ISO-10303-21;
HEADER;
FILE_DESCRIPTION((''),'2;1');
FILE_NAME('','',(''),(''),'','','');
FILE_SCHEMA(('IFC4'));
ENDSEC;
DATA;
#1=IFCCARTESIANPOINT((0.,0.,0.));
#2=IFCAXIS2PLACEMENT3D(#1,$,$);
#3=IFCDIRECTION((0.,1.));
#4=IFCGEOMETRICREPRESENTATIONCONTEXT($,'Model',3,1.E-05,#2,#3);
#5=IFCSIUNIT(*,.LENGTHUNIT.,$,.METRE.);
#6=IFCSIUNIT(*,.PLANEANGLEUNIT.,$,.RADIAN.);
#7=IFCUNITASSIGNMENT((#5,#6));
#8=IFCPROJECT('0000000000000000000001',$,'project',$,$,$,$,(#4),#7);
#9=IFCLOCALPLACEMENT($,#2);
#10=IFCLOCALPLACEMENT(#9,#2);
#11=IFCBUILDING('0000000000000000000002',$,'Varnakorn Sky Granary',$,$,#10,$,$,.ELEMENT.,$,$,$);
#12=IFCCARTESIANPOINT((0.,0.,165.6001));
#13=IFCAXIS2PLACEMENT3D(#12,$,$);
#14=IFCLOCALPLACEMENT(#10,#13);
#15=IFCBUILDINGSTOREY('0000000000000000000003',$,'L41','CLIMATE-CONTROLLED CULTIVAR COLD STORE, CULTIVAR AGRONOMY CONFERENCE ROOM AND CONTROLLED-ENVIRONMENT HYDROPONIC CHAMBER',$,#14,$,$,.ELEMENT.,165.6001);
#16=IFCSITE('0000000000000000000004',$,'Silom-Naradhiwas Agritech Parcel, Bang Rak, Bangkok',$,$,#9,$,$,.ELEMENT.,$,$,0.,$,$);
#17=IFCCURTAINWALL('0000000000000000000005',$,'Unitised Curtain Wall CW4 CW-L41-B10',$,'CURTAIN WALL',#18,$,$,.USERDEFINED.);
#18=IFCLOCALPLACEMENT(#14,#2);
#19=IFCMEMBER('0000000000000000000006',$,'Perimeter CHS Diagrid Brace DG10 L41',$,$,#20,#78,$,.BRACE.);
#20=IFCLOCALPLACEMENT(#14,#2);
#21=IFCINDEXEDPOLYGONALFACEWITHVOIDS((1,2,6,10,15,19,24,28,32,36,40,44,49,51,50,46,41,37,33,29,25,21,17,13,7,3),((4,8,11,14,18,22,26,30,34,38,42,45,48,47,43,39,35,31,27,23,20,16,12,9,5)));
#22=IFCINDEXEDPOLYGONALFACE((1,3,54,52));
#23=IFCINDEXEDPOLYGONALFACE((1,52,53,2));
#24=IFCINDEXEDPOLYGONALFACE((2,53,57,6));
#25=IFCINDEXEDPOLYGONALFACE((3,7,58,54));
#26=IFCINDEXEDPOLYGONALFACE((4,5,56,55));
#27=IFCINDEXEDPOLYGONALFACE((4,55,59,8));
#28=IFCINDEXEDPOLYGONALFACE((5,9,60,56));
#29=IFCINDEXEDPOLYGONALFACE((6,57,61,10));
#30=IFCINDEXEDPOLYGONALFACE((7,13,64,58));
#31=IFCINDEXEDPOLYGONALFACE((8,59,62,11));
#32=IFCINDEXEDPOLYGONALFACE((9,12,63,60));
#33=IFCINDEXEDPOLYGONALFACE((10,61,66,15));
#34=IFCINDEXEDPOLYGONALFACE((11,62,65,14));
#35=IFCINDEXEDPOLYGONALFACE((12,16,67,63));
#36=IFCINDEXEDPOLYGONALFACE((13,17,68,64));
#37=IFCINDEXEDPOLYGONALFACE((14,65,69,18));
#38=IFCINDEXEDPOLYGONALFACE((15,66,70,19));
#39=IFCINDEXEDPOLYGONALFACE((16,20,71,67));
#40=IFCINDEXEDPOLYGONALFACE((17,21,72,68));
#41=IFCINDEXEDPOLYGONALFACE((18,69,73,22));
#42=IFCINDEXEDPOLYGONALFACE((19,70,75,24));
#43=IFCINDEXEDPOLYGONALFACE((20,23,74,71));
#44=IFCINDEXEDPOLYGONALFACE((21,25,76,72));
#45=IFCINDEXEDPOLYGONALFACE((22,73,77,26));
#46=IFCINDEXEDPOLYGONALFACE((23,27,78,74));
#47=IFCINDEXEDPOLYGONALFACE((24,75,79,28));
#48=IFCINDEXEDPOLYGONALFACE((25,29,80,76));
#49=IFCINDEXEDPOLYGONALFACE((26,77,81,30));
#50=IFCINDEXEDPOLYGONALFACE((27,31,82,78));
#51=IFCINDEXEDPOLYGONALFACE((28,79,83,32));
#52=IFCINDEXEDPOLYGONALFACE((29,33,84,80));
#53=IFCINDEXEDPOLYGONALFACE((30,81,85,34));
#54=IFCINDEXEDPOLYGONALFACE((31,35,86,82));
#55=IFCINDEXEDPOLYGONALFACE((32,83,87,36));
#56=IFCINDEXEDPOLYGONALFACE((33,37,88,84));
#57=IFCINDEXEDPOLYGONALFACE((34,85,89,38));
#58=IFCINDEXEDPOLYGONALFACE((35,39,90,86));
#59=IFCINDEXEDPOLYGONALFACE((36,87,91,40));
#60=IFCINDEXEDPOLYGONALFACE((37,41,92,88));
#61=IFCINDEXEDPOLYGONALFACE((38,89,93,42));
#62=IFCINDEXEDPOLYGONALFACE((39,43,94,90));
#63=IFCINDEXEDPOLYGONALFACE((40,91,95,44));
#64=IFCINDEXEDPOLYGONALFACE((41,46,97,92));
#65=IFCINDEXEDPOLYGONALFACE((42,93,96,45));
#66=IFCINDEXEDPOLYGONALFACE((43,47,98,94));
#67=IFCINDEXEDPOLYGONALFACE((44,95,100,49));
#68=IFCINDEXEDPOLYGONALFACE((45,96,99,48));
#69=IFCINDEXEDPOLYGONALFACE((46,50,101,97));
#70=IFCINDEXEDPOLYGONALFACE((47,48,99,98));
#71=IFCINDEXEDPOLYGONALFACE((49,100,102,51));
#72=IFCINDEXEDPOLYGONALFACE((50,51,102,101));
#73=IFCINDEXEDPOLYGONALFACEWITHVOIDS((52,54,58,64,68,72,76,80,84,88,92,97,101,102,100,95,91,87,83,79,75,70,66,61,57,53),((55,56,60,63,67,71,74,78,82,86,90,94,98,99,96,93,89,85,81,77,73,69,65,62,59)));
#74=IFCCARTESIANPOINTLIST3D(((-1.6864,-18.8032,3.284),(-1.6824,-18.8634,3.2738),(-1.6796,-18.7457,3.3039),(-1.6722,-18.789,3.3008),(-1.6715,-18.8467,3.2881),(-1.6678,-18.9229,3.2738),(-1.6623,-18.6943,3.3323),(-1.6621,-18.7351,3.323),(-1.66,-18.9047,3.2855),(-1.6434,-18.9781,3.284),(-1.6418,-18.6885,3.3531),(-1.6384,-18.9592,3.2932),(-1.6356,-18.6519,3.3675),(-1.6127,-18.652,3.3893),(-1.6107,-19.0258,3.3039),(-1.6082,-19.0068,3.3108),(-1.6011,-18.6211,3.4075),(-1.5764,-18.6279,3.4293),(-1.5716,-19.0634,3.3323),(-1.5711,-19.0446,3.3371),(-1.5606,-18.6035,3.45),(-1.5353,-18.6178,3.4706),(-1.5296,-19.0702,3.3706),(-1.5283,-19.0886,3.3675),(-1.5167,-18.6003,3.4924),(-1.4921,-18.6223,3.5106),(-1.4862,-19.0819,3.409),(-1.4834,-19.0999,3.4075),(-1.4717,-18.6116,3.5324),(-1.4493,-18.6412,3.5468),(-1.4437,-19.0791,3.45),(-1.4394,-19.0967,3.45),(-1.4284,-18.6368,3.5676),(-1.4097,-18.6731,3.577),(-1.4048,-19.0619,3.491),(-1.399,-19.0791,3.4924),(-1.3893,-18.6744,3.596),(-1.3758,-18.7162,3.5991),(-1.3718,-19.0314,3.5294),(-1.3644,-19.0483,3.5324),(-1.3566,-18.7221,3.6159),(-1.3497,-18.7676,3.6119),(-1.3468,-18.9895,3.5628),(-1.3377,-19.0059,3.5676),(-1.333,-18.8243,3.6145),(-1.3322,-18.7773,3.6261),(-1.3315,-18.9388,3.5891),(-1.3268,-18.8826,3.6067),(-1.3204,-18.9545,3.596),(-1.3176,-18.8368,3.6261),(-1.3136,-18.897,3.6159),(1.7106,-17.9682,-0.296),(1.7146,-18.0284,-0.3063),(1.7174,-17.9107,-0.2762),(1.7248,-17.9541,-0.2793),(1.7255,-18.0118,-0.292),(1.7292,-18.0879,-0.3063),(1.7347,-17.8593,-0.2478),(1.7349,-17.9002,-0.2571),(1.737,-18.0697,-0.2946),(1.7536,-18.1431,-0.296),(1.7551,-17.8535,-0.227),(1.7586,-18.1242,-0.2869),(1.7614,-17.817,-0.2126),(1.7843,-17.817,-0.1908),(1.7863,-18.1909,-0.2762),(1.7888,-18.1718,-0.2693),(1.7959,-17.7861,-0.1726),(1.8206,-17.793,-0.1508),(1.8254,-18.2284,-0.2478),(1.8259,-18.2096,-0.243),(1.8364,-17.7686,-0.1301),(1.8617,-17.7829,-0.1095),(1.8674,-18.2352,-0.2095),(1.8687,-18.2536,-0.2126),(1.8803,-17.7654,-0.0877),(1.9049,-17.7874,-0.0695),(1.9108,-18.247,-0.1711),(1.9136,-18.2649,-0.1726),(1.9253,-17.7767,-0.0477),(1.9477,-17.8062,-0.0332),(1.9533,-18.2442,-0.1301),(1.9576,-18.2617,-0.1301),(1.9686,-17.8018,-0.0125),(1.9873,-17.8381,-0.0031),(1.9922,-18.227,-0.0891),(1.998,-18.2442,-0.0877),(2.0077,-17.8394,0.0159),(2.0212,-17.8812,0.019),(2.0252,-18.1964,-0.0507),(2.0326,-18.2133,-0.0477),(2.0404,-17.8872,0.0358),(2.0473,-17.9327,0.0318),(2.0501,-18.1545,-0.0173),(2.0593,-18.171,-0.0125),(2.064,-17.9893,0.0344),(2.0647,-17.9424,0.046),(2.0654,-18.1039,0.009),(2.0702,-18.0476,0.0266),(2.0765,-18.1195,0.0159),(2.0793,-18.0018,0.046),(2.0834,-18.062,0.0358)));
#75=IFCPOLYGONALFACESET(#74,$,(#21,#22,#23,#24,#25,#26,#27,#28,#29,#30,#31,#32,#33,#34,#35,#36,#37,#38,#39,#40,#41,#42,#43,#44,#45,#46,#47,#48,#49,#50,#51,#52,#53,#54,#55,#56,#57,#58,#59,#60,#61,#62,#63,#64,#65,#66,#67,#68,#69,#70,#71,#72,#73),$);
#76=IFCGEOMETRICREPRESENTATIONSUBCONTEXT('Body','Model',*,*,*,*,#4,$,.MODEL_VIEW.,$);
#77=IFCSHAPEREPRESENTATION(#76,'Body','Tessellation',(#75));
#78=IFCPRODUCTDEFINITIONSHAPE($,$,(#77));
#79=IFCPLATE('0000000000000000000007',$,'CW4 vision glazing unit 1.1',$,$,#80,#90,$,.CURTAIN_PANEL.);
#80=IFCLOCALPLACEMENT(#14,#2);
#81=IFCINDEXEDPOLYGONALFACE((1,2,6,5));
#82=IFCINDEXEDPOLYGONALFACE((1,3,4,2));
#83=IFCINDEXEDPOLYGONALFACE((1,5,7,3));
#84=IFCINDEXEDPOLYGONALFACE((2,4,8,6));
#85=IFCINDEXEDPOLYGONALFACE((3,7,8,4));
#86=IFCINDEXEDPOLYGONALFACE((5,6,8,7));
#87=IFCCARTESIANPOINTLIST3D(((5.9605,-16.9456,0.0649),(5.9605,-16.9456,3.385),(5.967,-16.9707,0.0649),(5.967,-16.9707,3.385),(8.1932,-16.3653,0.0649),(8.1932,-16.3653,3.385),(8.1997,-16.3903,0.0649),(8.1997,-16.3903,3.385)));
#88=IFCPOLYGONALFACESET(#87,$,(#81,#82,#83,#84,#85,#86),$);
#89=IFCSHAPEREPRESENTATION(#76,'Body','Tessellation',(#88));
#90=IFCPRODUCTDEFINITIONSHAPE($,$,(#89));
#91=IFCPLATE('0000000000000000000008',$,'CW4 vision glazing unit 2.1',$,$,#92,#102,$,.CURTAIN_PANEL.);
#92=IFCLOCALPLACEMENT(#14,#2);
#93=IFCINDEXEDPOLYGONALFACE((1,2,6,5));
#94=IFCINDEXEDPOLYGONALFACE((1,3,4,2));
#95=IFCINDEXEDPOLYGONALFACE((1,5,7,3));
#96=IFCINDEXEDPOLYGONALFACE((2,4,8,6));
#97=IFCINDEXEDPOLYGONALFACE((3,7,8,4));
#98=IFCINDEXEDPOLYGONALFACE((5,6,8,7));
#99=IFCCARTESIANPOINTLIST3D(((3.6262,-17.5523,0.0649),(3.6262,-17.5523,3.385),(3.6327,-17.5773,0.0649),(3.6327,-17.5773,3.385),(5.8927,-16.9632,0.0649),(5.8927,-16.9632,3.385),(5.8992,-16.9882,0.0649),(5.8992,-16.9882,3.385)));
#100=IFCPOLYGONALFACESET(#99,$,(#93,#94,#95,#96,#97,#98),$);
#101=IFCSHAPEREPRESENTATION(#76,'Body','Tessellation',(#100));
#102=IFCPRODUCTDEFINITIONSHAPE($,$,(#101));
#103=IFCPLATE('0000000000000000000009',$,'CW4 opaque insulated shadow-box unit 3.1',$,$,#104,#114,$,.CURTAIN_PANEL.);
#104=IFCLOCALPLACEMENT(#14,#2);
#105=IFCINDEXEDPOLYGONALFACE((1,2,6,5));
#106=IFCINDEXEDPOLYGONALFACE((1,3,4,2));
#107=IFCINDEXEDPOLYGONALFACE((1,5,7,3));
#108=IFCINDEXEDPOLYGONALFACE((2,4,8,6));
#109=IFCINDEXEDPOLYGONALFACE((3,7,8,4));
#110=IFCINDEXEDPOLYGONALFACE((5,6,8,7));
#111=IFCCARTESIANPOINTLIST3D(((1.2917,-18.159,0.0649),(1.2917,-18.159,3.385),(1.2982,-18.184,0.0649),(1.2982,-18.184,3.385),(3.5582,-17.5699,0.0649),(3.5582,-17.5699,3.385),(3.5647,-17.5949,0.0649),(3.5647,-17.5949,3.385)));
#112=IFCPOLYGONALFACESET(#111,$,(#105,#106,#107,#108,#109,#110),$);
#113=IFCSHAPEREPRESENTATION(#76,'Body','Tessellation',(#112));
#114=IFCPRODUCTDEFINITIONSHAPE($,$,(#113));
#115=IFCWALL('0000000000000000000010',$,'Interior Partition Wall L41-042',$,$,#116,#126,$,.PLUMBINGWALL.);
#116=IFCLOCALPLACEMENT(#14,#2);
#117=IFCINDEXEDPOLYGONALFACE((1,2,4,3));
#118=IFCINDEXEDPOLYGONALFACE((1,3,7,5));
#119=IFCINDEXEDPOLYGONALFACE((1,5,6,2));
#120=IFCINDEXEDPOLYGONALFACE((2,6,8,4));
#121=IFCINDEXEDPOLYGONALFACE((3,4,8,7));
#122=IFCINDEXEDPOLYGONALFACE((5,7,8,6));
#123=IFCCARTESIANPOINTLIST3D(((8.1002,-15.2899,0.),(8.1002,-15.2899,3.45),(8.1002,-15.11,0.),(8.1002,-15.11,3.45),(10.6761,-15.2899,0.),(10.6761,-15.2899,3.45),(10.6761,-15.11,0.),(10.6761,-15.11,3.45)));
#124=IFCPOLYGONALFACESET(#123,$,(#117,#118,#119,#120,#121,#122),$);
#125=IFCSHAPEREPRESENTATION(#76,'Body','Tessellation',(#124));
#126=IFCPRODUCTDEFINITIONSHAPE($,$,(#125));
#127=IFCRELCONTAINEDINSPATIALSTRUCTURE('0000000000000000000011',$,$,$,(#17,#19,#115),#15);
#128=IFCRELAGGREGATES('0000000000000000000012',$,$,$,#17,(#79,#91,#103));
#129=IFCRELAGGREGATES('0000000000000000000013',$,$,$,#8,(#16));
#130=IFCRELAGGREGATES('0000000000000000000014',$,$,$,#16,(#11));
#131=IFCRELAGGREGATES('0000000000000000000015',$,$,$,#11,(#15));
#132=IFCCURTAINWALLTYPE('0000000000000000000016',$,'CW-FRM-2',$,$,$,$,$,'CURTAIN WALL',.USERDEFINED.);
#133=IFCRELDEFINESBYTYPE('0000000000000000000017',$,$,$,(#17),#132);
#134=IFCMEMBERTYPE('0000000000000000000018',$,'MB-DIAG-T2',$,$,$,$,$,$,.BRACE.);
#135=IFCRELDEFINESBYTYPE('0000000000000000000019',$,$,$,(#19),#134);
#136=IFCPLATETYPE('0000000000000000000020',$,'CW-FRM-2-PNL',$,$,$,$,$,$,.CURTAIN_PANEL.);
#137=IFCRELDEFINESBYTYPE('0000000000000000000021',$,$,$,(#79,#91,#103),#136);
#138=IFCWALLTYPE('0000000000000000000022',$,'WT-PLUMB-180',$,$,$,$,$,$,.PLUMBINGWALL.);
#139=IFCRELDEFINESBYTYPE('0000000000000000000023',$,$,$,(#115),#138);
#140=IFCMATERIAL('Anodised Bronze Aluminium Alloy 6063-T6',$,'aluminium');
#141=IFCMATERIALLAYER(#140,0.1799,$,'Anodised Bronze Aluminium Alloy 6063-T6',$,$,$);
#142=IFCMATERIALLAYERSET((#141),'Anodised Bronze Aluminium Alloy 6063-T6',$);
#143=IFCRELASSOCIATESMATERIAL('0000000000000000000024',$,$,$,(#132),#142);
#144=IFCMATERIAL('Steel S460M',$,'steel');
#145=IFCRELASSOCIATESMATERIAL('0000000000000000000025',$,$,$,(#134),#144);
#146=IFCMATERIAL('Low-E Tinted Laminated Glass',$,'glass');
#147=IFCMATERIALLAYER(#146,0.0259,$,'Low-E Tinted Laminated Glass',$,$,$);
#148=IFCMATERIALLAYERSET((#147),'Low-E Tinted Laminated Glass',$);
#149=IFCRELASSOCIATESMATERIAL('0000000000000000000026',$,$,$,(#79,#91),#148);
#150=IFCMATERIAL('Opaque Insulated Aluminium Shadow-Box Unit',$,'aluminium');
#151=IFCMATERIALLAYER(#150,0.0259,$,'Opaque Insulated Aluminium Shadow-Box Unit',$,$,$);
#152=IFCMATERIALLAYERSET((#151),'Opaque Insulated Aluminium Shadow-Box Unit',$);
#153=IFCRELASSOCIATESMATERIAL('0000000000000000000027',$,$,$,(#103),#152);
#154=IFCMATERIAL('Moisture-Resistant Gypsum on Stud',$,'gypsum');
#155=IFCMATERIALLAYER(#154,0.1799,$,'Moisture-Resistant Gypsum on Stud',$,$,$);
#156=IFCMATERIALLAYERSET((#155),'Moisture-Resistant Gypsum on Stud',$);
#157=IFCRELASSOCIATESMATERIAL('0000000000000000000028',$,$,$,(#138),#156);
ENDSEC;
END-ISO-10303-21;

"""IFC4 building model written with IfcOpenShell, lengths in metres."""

from ifc_helpers import new_model, si_unit, direction, frame, frame_2d, origin, origin_2d, place, context, subcontext, project, spatial, rectangle, hollow_circle, extrude, source, transform, mapped, material, layer, layer_set, material_profile, profile_set, type_object, type_shapes, element, aggregate, save


model = new_model("IFC4")

# Units and contexts
model_context = context("Model", 3, precision=1e-05, world=origin(), true_north=direction((0.0, 1.0)))
body_context = subcontext(model_context, "Body", "Model", "MODEL_VIEW")
ifc_project = project(units=[si_unit("LENGTHUNIT", "METRE"), si_unit("PLANEANGLEUNIT", "RADIAN")], contexts=[model_context])

# Site, building, storey
site_placement = place(None, origin())
site = spatial("IfcSite", under=ifc_project, at=site_placement, Name="Silom-Naradhiwas Agritech Parcel, Bang Rak, Bangkok", CompositionType="ELEMENT", RefElevation=0.0)
building_placement = place(site_placement, origin())
building = spatial("IfcBuilding", under=site, at=building_placement, Name="Varnakorn Sky Granary", CompositionType="ELEMENT")
storey_placement = place(building_placement, frame((0.0, 0.0, 165.6001)))
storey = spatial("IfcBuildingStorey", under=building, at=storey_placement, Name="L41", Description="CLIMATE-CONTROLLED CULTIVAR COLD STORE, CULTIVAR AGRONOMY CONFERENCE ROOM AND CONTROLLED-ENVIRONMENT HYDROPONIC CHAMBER", CompositionType="ELEMENT", Elevation=165.6001)

# Shared definitions
ifc_material_1 = material(Name="Steel S460M", Category="steel")

# Curtain wall
ifc_material_2 = material(Name="Anodised Bronze Aluminium Alloy 6063-T6", Category="aluminium")
ifc_layer_1 = layer(ifc_material_2, 0.1799, Name="Anodised Bronze Aluminium Alloy 6063-T6")
ifc_layer_set_1 = layer_set([ifc_layer_1], Name="Anodised Bronze Aluminium Alloy 6063-T6")
curtain_wall_type = type_object("IfcCurtainWallType", Name="CW-FRM-2", ElementType="CURTAIN WALL", PredefinedType="USERDEFINED", material=ifc_layer_set_1)
curtain_wall_placement = place(storey_placement, origin())
curtain_wall = element("IfcCurtainWall", 1, at=curtain_wall_placement, inside=storey, type_object=curtain_wall_type, Name="Unitised Curtain Wall CW4 CW-L41-B10", ObjectType="CURTAIN WALL", PredefinedType="USERDEFINED")

# Member
ifc_material_profile_1 = material_profile(ifc_material_1, hollow_circle(Radius=0.2539, WallThickness=0.0181, at=origin_2d()), Name="CHS 508x18")
ifc_profile_set_1 = profile_set([ifc_material_profile_1], Name="Steel S460M")
member_type_1 = type_object("IfcMemberType", Name="MB-DIAG-T2", PredefinedType="BRACE", material=ifc_profile_set_1)
member_1_placement = place(storey_placement, frame((1.897, -18.0151, -0.1301), z_axis=(-0.678668, -0.166814, 0.71525), x_axis=(0.238691, -0.971096, 0.0)))
element("IfcMember", 2, at=member_1_placement, inside=storey, type_object=member_type_1, Name="Perimeter CHS Diagrid Brace DG10 L41", PredefinedType="BRACE", context=body_context, shape_type="SweptSolid", body=[
    extrude(hollow_circle(Radius=0.2539, WallThickness=0.0181, at=origin_2d()), origin(), (0.0, 0.0, 1.0), 5.0054),
])

# Plates
ifc_material_3 = material(Name="Low-E Tinted Laminated Glass", Category="glass")
ifc_layer_2 = layer(ifc_material_3, 0.0259, Name="Low-E Tinted Laminated Glass")
ifc_layer_set_2 = layer_set([ifc_layer_2], Name="Low-E Tinted Laminated Glass")
plate_type = type_object("IfcPlateType", Name="CW-FRM-2-PNL", PredefinedType="CURTAIN_PANEL")
shared_shape_1 = source(origin(), body_context, "Body", "SweptSolid", [
    extrude(rectangle(XDim=2.3069, YDim=0.0259, at=origin_2d()), origin(), (0.0, 0.0, 1.0), 3.3201),
])
plate_1_placement = place(storey_placement, frame((7.0801, -16.668, 0.0649), z_axis=(0.0, 0.0, 1.0), x_axis=(-0.967841, -0.251564, 0.0)))
plate_1 = element("IfcPlate", 3, at=plate_1_placement, type_object=plate_type, material=ifc_layer_set_2, Name="CW4 vision glazing unit 1.1", PredefinedType="CURTAIN_PANEL", context=body_context, shape_type="MappedRepresentation", body=[
    mapped(shared_shape_1, transform((0.0, 0.0, 0.0), x_axis=(1.0, 0.0, 0.0), y_axis=(0.0, 1.0, 0.0), z_axis=(0.0, 0.0, 1.0), scale=1.0)),
])
shared_shape_2 = source(origin(), body_context, "Body", "SweptSolid", [
    extrude(rectangle(XDim=2.3418, YDim=0.0259, at=origin_2d()), origin(), (0.0, 0.0, 1.0), 3.3201),
])
type_shapes(plate_type, [shared_shape_1, shared_shape_2])
plate_2_placement = place(storey_placement, frame((4.7627, -17.2703, 0.0649), z_axis=(0.0, 0.0, 1.0), x_axis=(-0.967841, -0.251564, 0.0)))
plate_2 = element("IfcPlate", 4, at=plate_2_placement, type_object=plate_type, material=ifc_layer_set_2, Name="CW4 vision glazing unit 2.1", PredefinedType="CURTAIN_PANEL", context=body_context, shape_type="MappedRepresentation", body=[
    mapped(shared_shape_2, transform((0.0, 0.0, 0.0), x_axis=(1.0, 0.0, 0.0), y_axis=(0.0, 1.0, 0.0), z_axis=(0.0, 0.0, 1.0), scale=1.0)),
])
ifc_material_4 = material(Name="Opaque Insulated Aluminium Shadow-Box Unit", Category="aluminium")
ifc_layer_3 = layer(ifc_material_4, 0.0259, Name="Opaque Insulated Aluminium Shadow-Box Unit")
ifc_layer_set_3 = layer_set([ifc_layer_3], Name="Opaque Insulated Aluminium Shadow-Box Unit")
plate_3_placement = place(storey_placement, frame((2.4282, -17.877, 0.0649), z_axis=(0.0, 0.0, 1.0), x_axis=(-0.967841, -0.251564, 0.0)))
plate_3 = element("IfcPlate", 5, at=plate_3_placement, type_object=plate_type, material=ifc_layer_set_3, Name="CW4 opaque insulated shadow-box unit 3.1", PredefinedType="CURTAIN_PANEL", context=body_context, shape_type="MappedRepresentation", body=[
    mapped(shared_shape_2, transform((0.0, 0.0, 0.0), x_axis=(1.0, 0.0, 0.0), y_axis=(0.0, 1.0, 0.0), z_axis=(0.0, 0.0, 1.0), scale=1.0)),
])
aggregate(curtain_wall, [plate_1, plate_2, plate_3])

# Wall
ifc_material_5 = material(Name="Moisture-Resistant Gypsum on Stud", Category="gypsum")
ifc_layer_4 = layer(ifc_material_5, 0.1799, Name="Moisture-Resistant Gypsum on Stud")
ifc_layer_set_4 = layer_set([ifc_layer_4], Name="Moisture-Resistant Gypsum on Stud")
wall_type = type_object("IfcWallType", Name="WT-PLUMB-180", PredefinedType="PLUMBINGWALL", material=ifc_layer_set_4)
wall_placement = place(storey_placement, frame((8.1001, -15.2, 0.0), z_axis=(0.0, 0.0, 1.0), x_axis=(1.0, 0.0, 0.0)))
element("IfcWall", 6, at=wall_placement, inside=storey, type_object=wall_type, Name="Interior Partition Wall L41-042", PredefinedType="PLUMBINGWALL", context=body_context, shape_type="SweptSolid", body=[
    extrude(rectangle(XDim=2.5759, YDim=0.1799, at=frame_2d((1.2881, 0.0))), origin(), (0.0, 0.0, 1.0), 3.45),
])

save(model, "model.ifc")
